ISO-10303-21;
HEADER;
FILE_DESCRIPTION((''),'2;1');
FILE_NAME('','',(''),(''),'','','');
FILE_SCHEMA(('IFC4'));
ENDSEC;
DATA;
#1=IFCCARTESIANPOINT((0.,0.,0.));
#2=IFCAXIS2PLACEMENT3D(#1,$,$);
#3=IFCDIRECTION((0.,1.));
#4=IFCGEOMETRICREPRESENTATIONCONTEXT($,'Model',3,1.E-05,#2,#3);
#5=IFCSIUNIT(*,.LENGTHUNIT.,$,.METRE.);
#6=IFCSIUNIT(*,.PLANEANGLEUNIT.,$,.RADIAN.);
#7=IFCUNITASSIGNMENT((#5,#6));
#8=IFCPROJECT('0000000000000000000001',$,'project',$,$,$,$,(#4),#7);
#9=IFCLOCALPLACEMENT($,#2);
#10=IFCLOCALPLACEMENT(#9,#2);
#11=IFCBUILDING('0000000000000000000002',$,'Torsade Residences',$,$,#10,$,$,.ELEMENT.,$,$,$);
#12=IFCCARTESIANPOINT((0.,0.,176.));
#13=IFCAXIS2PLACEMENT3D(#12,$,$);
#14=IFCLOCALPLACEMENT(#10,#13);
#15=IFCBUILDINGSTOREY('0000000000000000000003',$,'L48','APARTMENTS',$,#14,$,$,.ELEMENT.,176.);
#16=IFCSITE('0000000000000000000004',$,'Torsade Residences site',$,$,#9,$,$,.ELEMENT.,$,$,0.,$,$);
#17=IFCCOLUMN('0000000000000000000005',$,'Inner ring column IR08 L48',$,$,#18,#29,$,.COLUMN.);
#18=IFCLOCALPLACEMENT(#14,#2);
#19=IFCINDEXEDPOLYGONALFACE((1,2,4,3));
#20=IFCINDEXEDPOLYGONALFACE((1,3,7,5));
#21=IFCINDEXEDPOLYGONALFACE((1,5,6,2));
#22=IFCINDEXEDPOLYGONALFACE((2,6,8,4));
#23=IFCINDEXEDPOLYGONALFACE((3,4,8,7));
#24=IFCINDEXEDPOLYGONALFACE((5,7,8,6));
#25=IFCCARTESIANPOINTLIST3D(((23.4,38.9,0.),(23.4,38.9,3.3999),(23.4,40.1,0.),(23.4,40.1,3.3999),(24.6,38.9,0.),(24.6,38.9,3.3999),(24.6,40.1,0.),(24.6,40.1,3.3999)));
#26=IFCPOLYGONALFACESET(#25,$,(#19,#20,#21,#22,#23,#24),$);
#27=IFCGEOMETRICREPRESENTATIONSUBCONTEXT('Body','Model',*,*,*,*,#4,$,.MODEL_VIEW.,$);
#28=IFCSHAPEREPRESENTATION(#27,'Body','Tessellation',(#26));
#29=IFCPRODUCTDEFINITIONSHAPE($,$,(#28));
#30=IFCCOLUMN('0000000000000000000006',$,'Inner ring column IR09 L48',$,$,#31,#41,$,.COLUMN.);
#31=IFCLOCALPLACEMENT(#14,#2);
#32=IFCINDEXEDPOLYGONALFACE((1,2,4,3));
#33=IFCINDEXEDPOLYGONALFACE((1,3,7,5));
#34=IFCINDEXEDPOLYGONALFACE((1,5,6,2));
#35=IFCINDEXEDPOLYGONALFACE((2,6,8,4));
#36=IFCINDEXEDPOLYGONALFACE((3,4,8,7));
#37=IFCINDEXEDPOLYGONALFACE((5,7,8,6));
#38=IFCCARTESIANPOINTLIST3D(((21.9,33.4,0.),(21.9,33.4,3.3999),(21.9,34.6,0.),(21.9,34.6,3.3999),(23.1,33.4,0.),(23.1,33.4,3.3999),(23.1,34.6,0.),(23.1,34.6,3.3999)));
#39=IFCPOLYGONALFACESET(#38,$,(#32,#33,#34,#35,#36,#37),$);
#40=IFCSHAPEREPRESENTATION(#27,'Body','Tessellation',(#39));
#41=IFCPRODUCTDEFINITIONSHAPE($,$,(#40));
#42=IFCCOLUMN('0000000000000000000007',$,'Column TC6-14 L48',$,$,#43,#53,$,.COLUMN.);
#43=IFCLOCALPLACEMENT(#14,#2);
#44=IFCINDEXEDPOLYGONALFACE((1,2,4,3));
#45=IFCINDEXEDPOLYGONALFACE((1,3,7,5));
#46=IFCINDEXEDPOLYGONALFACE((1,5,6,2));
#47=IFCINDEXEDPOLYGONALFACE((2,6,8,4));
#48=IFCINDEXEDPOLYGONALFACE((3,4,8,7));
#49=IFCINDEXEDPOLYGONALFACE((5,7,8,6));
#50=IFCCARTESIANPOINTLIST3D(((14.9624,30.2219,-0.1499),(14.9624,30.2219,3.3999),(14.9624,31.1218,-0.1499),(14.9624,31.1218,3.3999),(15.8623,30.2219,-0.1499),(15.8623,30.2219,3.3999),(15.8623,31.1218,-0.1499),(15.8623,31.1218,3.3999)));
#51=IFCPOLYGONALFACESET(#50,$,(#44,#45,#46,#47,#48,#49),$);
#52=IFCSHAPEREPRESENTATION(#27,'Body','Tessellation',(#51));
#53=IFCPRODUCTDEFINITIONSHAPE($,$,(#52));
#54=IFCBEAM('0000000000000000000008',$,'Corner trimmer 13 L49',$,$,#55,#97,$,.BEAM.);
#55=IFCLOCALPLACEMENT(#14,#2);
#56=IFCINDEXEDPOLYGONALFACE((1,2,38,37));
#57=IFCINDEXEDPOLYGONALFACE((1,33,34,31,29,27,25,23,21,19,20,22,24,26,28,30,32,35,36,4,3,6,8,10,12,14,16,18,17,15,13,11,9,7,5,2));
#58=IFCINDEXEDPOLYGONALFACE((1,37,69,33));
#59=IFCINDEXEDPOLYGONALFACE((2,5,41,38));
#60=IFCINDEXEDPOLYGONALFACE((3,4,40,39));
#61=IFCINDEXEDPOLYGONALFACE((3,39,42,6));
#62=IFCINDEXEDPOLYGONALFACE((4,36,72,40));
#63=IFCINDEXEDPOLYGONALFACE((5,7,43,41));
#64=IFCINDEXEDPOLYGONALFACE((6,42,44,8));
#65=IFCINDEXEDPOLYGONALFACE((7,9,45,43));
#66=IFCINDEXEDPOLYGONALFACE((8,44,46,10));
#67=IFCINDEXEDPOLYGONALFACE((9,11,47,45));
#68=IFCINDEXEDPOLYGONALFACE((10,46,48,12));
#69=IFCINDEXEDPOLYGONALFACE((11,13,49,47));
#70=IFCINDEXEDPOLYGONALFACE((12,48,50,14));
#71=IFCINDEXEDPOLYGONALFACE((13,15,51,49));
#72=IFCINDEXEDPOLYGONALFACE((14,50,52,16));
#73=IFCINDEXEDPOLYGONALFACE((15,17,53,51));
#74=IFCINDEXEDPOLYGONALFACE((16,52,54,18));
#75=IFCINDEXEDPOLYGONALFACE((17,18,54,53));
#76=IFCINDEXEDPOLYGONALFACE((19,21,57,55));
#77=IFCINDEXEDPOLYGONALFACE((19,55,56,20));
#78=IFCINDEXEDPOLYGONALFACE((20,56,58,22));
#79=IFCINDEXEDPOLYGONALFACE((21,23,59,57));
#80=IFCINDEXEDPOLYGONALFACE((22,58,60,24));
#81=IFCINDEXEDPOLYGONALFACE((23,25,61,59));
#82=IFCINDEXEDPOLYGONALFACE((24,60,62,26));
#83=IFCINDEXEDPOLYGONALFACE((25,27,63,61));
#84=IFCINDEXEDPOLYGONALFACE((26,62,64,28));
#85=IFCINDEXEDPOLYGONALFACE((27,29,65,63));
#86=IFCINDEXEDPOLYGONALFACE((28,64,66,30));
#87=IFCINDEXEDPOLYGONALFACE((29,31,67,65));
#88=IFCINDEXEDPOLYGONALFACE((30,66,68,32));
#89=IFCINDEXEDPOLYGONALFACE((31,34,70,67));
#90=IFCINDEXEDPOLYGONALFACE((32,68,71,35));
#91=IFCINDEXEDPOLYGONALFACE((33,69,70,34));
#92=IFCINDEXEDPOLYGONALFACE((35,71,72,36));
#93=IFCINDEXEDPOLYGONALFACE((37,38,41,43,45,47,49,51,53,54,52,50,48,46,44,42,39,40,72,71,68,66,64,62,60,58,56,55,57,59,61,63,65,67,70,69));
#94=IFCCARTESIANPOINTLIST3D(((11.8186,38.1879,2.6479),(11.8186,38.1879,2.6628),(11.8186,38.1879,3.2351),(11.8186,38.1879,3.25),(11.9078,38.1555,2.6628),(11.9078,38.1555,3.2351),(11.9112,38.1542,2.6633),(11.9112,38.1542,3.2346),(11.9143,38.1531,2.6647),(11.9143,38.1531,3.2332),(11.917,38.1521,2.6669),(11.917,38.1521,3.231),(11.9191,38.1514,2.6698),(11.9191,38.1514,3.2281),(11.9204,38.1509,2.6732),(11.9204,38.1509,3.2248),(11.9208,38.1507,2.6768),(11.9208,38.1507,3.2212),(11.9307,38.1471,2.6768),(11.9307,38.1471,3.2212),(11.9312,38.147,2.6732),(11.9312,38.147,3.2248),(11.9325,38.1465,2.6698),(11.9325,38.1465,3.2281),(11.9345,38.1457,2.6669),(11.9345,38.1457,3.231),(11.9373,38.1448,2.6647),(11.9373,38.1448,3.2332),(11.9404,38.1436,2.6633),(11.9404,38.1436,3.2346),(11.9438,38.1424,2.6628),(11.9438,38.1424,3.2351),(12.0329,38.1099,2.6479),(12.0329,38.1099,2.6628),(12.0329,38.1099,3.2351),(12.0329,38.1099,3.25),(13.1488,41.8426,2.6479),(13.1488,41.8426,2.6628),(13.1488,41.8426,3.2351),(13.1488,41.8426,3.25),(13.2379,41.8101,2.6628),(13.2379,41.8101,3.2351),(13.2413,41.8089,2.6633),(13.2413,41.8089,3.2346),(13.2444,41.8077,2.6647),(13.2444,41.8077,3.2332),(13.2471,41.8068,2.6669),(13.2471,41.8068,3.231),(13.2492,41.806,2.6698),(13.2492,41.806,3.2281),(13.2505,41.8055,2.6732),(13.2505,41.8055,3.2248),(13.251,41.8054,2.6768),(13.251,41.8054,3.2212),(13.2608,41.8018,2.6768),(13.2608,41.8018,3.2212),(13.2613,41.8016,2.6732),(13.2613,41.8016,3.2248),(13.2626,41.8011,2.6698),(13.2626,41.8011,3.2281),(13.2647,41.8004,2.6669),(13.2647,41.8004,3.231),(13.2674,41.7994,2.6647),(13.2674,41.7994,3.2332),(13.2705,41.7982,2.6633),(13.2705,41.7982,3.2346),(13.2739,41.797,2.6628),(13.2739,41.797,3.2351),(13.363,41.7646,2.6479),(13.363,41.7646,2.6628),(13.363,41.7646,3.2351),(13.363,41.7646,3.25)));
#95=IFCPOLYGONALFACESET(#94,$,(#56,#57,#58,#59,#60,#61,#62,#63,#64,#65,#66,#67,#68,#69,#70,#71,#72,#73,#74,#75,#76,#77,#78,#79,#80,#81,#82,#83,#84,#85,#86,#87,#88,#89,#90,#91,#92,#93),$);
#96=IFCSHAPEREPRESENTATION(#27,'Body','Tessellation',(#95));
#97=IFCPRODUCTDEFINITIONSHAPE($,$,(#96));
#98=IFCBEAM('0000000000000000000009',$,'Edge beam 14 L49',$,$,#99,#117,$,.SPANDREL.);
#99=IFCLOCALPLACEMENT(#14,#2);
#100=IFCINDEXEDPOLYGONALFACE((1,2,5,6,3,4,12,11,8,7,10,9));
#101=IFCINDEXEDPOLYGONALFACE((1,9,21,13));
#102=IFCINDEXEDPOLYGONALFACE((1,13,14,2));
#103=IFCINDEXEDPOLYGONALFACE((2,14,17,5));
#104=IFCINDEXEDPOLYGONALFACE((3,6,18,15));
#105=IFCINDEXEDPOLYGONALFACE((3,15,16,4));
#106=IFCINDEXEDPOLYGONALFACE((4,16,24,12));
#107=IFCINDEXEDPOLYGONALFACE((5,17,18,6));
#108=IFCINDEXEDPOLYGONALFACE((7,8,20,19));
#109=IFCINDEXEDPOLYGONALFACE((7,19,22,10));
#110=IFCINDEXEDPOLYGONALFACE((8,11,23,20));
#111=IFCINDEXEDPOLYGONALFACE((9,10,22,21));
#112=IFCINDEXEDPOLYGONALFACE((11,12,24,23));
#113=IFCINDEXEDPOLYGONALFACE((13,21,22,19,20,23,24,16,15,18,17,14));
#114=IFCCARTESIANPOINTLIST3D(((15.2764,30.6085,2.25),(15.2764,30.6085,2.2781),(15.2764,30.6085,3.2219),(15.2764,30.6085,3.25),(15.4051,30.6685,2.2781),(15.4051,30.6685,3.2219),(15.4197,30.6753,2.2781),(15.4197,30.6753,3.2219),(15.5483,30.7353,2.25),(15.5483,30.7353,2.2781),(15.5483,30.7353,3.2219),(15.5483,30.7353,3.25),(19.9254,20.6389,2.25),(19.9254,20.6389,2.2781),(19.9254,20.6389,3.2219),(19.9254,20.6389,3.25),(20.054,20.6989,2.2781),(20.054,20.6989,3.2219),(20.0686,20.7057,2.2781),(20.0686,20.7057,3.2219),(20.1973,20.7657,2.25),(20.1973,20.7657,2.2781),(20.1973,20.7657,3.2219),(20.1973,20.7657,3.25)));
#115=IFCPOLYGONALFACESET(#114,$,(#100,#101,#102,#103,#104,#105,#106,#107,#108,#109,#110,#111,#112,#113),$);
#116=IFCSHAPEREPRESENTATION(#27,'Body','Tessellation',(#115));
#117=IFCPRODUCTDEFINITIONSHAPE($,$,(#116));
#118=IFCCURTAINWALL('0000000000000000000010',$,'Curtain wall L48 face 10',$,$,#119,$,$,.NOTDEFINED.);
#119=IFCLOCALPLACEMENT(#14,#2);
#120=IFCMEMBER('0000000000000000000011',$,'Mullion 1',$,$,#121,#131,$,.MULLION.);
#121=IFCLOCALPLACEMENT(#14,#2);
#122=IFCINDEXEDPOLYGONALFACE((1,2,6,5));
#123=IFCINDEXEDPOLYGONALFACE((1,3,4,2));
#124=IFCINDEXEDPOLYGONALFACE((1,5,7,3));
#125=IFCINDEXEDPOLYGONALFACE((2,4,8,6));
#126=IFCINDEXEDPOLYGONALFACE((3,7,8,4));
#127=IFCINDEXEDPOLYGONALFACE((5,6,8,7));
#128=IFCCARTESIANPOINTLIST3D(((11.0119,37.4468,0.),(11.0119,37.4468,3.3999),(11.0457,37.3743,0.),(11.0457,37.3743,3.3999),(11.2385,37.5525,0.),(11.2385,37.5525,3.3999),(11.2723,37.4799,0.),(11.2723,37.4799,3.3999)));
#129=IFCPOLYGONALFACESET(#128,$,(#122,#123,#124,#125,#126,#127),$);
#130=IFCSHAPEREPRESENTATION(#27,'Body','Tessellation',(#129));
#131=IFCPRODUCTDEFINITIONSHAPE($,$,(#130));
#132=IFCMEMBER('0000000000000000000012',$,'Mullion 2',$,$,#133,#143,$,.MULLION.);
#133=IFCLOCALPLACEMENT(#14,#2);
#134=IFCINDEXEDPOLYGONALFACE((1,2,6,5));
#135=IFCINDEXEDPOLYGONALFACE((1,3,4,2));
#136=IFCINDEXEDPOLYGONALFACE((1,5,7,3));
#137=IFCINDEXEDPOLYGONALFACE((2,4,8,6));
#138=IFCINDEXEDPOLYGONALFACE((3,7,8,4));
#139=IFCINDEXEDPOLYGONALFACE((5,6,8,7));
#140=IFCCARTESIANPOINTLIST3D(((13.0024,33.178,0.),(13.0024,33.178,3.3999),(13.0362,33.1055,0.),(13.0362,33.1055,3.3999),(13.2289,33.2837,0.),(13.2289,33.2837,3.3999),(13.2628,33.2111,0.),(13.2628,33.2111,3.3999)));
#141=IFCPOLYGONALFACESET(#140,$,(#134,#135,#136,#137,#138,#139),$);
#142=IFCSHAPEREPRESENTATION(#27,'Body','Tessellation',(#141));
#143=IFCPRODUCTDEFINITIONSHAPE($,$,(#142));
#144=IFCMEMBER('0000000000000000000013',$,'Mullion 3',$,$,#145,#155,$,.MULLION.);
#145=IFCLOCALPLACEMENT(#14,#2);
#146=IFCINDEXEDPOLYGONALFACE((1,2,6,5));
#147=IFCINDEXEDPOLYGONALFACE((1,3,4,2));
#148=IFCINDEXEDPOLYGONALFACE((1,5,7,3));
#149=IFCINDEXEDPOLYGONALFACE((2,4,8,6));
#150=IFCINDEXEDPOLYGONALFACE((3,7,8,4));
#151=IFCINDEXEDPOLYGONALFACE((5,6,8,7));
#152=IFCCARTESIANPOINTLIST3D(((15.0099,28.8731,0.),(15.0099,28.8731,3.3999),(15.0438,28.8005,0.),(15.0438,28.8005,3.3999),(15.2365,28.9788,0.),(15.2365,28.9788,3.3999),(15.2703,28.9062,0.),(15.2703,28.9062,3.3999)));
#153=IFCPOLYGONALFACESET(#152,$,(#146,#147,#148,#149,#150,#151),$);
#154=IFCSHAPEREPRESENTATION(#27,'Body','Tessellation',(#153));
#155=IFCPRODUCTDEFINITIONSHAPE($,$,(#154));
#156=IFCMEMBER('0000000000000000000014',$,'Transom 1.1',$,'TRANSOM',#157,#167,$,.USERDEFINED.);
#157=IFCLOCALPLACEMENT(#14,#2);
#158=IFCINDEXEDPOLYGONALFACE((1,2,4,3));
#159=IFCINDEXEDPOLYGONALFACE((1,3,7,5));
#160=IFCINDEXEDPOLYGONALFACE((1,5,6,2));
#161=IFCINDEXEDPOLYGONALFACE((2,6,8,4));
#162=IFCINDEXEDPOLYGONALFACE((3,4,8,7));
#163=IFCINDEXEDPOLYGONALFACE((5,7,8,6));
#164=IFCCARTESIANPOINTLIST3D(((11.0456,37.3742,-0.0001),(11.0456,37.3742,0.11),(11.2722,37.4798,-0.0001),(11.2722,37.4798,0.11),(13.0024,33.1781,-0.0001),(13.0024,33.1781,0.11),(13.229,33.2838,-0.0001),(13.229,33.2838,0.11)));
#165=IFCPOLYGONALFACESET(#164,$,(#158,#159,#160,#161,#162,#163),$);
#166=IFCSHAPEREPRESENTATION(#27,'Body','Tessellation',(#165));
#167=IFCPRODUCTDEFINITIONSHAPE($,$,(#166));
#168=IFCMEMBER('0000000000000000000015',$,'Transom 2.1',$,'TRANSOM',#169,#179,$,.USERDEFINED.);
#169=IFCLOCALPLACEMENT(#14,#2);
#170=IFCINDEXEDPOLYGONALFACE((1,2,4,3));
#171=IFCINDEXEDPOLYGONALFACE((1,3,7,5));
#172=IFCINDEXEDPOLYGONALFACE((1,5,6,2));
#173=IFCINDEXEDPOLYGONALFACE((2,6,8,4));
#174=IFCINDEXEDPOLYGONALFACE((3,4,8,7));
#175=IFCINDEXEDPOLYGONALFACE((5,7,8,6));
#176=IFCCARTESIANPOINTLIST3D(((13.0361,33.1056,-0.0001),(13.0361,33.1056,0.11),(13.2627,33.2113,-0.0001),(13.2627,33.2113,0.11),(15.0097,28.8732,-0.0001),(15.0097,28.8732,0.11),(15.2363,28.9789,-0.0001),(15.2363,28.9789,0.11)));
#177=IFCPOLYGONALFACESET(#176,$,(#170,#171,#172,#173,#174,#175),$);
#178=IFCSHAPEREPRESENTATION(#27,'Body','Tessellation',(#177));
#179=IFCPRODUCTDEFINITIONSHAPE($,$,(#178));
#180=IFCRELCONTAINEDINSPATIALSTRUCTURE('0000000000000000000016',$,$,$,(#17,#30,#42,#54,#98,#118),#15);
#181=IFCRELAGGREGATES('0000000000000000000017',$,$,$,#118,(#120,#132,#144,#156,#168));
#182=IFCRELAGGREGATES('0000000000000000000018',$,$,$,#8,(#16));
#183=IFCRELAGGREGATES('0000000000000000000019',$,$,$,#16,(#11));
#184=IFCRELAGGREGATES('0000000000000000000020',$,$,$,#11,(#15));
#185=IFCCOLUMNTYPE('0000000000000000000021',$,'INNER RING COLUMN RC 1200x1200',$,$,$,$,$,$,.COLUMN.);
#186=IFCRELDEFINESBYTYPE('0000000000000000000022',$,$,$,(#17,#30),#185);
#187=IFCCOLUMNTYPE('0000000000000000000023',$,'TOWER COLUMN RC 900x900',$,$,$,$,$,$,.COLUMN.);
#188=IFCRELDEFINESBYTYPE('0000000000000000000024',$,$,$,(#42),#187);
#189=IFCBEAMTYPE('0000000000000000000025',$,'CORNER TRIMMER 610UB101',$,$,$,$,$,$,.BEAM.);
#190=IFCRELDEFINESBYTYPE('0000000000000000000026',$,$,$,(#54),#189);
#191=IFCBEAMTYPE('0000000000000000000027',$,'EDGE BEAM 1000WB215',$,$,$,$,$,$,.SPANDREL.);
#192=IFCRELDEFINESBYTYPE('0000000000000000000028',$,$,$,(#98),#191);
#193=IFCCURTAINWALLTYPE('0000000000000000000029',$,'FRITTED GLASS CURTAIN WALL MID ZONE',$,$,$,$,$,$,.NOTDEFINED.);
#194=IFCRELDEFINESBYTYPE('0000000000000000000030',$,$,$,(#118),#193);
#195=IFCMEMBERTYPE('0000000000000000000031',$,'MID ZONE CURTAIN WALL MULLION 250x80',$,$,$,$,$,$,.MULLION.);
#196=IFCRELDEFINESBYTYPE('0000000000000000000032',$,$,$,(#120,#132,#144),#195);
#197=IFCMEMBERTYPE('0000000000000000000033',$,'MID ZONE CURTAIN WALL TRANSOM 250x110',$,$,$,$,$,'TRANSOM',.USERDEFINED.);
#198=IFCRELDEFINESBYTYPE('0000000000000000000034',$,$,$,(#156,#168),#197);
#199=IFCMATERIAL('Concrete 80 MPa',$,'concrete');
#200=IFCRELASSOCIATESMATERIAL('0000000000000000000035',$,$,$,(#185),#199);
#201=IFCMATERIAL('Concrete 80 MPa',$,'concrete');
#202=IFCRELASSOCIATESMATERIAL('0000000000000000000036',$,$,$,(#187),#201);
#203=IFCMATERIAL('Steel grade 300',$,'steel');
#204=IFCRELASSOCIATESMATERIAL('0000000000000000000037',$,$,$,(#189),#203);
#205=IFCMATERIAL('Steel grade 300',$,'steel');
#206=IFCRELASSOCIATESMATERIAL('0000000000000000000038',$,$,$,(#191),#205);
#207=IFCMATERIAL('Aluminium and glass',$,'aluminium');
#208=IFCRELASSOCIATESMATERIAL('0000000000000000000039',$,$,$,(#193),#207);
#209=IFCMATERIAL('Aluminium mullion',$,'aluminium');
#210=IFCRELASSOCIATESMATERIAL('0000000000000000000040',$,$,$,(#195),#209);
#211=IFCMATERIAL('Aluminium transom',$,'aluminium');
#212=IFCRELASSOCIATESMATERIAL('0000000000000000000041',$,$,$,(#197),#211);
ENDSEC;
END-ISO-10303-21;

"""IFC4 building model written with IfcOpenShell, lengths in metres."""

from ifc_helpers import new_model, si_unit, direction, frame, origin, origin_2d, place, context, subcontext, project, spatial, rectangle, i_section, extrude, material, material_profile, profile_set, type_object, element, aggregate, save


model = new_model("IFC4")

# Units and contexts
model_context = context("Model", 3, precision=1e-05, world=origin(), true_north=direction((0.0, 1.0)))
body_context = subcontext(model_context, "Body", "Model", "MODEL_VIEW")
ifc_project = project(units=[si_unit("LENGTHUNIT", "METRE"), si_unit("PLANEANGLEUNIT", "RADIAN")], contexts=[model_context])

# Site, building, storey
site_placement = place(None, origin())
site = spatial("IfcSite", under=ifc_project, at=site_placement, Name="Torsade Residences site", CompositionType="ELEMENT", RefElevation=0.0)
building_placement = place(site_placement, origin())
building = spatial("IfcBuilding", under=site, at=building_placement, Name="Torsade Residences", CompositionType="ELEMENT")
storey_placement = place(building_placement, frame((0.0, 0.0, 176.0)))
storey = spatial("IfcBuildingStorey", under=building, at=storey_placement, Name="L48", Description="APARTMENTS", CompositionType="ELEMENT", Elevation=176.0)

# Columns
ifc_material_1 = material(Name="Concrete 80 MPa", Category="concrete")
ifc_material_profile_1 = material_profile(ifc_material_1, rectangle(XDim=1.2, YDim=1.2, at=origin_2d()), Name="RC 1200x1200")
ifc_profile_set_1 = profile_set([ifc_material_profile_1], Name="Concrete 80 MPa")
column_type_1 = type_object("IfcColumnType", Name="INNER RING COLUMN RC 1200x1200", PredefinedType="COLUMN", material=ifc_profile_set_1)
for number, where, z_axis, x_axis, name in (
    (1, (24.0, 39.5, 0.0), (0.0, 0.0, 1.0), (1.0, 0.0, 0.0), "Inner ring column IR08 L48"),
    (2, (22.5, 34.0, 0.0), (0.0, 0.0, 1.0), (1.0, 0.0, 0.0), "Inner ring column IR09 L48"),
):
    element("IfcColumn", number, at=place(storey_placement, frame(where, z_axis=z_axis, x_axis=x_axis)), inside=storey, type_object=column_type_1, Name=name, PredefinedType="COLUMN", context=body_context, shape_type="SweptSolid", body=[
        extrude(rectangle(XDim=1.2, YDim=1.2, at=origin_2d()), origin(), (0.0, 0.0, 1.0), 3.3999),
    ])
ifc_material_2 = material(Name="Concrete 80 MPa", Category="concrete")
ifc_material_profile_2 = material_profile(ifc_material_2, rectangle(XDim=0.8999, YDim=0.8999, at=origin_2d()), Name="RC 900x900")
ifc_profile_set_2 = profile_set([ifc_material_profile_2], Name="Concrete 80 MPa")
column_type_2 = type_object("IfcColumnType", Name="TOWER COLUMN RC 900x900", PredefinedType="COLUMN", material=ifc_profile_set_2)
column_placement = place(storey_placement, frame((15.4124, 30.6719, -0.1499), z_axis=(0.0, 0.0, 1.0), x_axis=(1.0, 0.0, 0.0)))
element("IfcColumn", 3, at=column_placement, inside=storey, type_object=column_type_2, Name="Column TC6-14 L48", PredefinedType="COLUMN", context=body_context, shape_type="SweptSolid", body=[
    extrude(rectangle(XDim=0.8999, YDim=0.8999, at=origin_2d()), origin(), (0.0, 0.0, 1.0), 3.5498),
])

# Beams
ifc_material_3 = material(Name="Steel grade 300", Category="steel")
ifc_material_profile_3 = material_profile(ifc_material_3, i_section(OverallWidth=0.228, OverallDepth=0.6021, WebThickness=0.0105, FlangeThickness=0.0149, FilletRadius=0.0139, at=origin_2d()), Name="610UB101")
ifc_profile_set_3 = profile_set([ifc_material_profile_3], Name="Steel grade 300")
beam_type_1 = type_object("IfcBeamType", Name="CORNER TRIMMER 610UB101", PredefinedType="BEAM", material=ifc_profile_set_3)
beam_1_placement = place(storey_placement, frame((11.9258, 38.1489, 2.949), z_axis=(0.342005, 0.939698, 0.0), x_axis=(-0.939698, 0.342005, 0.0)))
element("IfcBeam", 4, at=beam_1_placement, inside=storey, type_object=beam_type_1, Name="Corner trimmer 13 L49", PredefinedType="BEAM", context=body_context, shape_type="SweptSolid", body=[
    extrude(i_section(OverallWidth=0.228, OverallDepth=0.6021, WebThickness=0.0105, FlangeThickness=0.0149, FilletRadius=0.0139, at=origin_2d()), origin(), (0.0, 0.0, 1.0), 3.8892),
])
ifc_material_4 = material(Name="Steel grade 300", Category="steel")
ifc_material_profile_4 = material_profile(ifc_material_4, i_section(OverallWidth=0.3, OverallDepth=1.0, WebThickness=0.0161, FlangeThickness=0.0281, at=origin_2d()), Name="1000WB215")
ifc_profile_set_4 = profile_set([ifc_material_profile_4], Name="Steel grade 300")
beam_type_2 = type_object("IfcBeamType", Name="EDGE BEAM 1000WB215", PredefinedType="SPANDREL", material=ifc_profile_set_4)
beam_2_placement = place(storey_placement, frame((15.4124, 30.6719, 2.75), z_axis=(0.422624, -0.906305, 0.0), x_axis=(0.906305, 0.422624, 0.0)))
element("IfcBeam", 5, at=beam_2_placement, inside=storey, type_object=beam_type_2, Name="Edge beam 14 L49", PredefinedType="SPANDREL", context=body_context, shape_type="SweptSolid", body=[
    extrude(i_section(OverallWidth=0.3, OverallDepth=1.0, WebThickness=0.0161, FlangeThickness=0.0281, at=origin_2d()), origin(), (0.0, 0.0, 1.0), 11.0002),
])

# Curtain wall, members
ifc_material_5 = material(Name="Aluminium and glass", Category="aluminium")
curtain_wall_type = type_object("IfcCurtainWallType", Name="FRITTED GLASS CURTAIN WALL MID ZONE", PredefinedType="NOTDEFINED", material=ifc_material_5)
curtain_wall_placement = place(storey_placement, origin())
curtain_wall = element("IfcCurtainWall", 6, at=curtain_wall_placement, inside=storey, type_object=curtain_wall_type, Name="Curtain wall L48 face 10", PredefinedType="NOTDEFINED")
ifc_material_6 = material(Name="Aluminium mullion", Category="aluminium")
ifc_material_profile_5 = material_profile(ifc_material_6, rectangle(XDim=0.25, YDim=0.0801, at=origin_2d()), Name="MID ZONE CURTAIN WALL MULLION 250x80")
ifc_profile_set_5 = profile_set([ifc_material_profile_5], Name="Aluminium mullion")
member_type_1 = type_object("IfcMemberType", Name="MID ZONE CURTAIN WALL MULLION 250x80", PredefinedType="MULLION", material=ifc_profile_set_5)
member_1_placement = place(storey_placement, frame((11.1421, 37.4634, 0.0), z_axis=(0.0, 0.0, 1.0), x_axis=(0.906308, 0.422618, 0.0)))
member_1 = element("IfcMember", 7, at=member_1_placement, type_object=member_type_1, Name="Mullion 1", PredefinedType="MULLION", context=body_context, shape_type="SweptSolid", body=[
    extrude(rectangle(XDim=0.25, YDim=0.0801, at=origin_2d()), origin(), (0.0, 0.0, 1.0), 3.3999),
])
member_2_placement = place(storey_placement, frame((13.1326, 33.1946, 0.0), z_axis=(0.0, 0.0, 1.0), x_axis=(0.906308, 0.422618, 0.0)))
member_2 = element("IfcMember", 8, at=member_2_placement, type_object=member_type_1, Name="Mullion 2", PredefinedType="MULLION", context=body_context, shape_type="SweptSolid", body=[
    extrude(rectangle(XDim=0.25, YDim=0.0801, at=origin_2d()), origin(), (0.0, 0.0, 1.0), 3.3999),
])
member_3_placement = place(storey_placement, frame((15.1401, 28.8896, 0.0), z_axis=(0.0, 0.0, 1.0), x_axis=(0.906308, 0.422618, 0.0)))
member_3 = element("IfcMember", 9, at=member_3_placement, type_object=member_type_1, Name="Mullion 3", PredefinedType="MULLION", context=body_context, shape_type="SweptSolid", body=[
    extrude(rectangle(XDim=0.25, YDim=0.0801, at=origin_2d()), origin(), (0.0, 0.0, 1.0), 3.3999),
])
ifc_material_7 = material(Name="Aluminium transom", Category="aluminium")
ifc_material_profile_6 = material_profile(ifc_material_7, rectangle(XDim=0.25, YDim=0.1101, at=origin_2d()), Name="MID ZONE CURTAIN WALL TRANSOM 250x110")
ifc_profile_set_6 = profile_set([ifc_material_profile_6], Name="Aluminium transom")
member_type_2 = type_object("IfcMemberType", Name="MID ZONE CURTAIN WALL TRANSOM 250x110", ElementType="TRANSOM", PredefinedType="USERDEFINED", material=ifc_profile_set_6)
member_4_placement = place(storey_placement, frame((11.1589, 37.427, 0.0549), z_axis=(0.422643, -0.906296, 0.0), x_axis=(0.906296, 0.422643, 0.0)))
member_4 = element("IfcMember", 10, at=member_4_placement, type_object=member_type_2, Name="Transom 1.1", ObjectType="TRANSOM", PredefinedType="USERDEFINED", context=body_context, shape_type="SweptSolid", body=[
    extrude(rectangle(XDim=0.25, YDim=0.1101, at=origin_2d()), origin(), (0.0, 0.0, 1.0), 4.6299),
])
member_5_placement = place(storey_placement, frame((13.1494, 33.1584, 0.0549), z_axis=(0.422622, -0.906306, 0.0), x_axis=(0.906306, 0.422622, 0.0)))
member_5 = element("IfcMember", 11, at=member_5_placement, type_object=member_type_2, Name="Transom 2.1", ObjectType="TRANSOM", PredefinedType="USERDEFINED", context=body_context, shape_type="SweptSolid", body=[
    extrude(rectangle(XDim=0.25, YDim=0.1101, at=origin_2d()), origin(), (0.0, 0.0, 1.0), 4.6699),
])

aggregate(curtain_wall, [member_1, member_2, member_3, member_4, member_5])

save(model, "model.ifc")
